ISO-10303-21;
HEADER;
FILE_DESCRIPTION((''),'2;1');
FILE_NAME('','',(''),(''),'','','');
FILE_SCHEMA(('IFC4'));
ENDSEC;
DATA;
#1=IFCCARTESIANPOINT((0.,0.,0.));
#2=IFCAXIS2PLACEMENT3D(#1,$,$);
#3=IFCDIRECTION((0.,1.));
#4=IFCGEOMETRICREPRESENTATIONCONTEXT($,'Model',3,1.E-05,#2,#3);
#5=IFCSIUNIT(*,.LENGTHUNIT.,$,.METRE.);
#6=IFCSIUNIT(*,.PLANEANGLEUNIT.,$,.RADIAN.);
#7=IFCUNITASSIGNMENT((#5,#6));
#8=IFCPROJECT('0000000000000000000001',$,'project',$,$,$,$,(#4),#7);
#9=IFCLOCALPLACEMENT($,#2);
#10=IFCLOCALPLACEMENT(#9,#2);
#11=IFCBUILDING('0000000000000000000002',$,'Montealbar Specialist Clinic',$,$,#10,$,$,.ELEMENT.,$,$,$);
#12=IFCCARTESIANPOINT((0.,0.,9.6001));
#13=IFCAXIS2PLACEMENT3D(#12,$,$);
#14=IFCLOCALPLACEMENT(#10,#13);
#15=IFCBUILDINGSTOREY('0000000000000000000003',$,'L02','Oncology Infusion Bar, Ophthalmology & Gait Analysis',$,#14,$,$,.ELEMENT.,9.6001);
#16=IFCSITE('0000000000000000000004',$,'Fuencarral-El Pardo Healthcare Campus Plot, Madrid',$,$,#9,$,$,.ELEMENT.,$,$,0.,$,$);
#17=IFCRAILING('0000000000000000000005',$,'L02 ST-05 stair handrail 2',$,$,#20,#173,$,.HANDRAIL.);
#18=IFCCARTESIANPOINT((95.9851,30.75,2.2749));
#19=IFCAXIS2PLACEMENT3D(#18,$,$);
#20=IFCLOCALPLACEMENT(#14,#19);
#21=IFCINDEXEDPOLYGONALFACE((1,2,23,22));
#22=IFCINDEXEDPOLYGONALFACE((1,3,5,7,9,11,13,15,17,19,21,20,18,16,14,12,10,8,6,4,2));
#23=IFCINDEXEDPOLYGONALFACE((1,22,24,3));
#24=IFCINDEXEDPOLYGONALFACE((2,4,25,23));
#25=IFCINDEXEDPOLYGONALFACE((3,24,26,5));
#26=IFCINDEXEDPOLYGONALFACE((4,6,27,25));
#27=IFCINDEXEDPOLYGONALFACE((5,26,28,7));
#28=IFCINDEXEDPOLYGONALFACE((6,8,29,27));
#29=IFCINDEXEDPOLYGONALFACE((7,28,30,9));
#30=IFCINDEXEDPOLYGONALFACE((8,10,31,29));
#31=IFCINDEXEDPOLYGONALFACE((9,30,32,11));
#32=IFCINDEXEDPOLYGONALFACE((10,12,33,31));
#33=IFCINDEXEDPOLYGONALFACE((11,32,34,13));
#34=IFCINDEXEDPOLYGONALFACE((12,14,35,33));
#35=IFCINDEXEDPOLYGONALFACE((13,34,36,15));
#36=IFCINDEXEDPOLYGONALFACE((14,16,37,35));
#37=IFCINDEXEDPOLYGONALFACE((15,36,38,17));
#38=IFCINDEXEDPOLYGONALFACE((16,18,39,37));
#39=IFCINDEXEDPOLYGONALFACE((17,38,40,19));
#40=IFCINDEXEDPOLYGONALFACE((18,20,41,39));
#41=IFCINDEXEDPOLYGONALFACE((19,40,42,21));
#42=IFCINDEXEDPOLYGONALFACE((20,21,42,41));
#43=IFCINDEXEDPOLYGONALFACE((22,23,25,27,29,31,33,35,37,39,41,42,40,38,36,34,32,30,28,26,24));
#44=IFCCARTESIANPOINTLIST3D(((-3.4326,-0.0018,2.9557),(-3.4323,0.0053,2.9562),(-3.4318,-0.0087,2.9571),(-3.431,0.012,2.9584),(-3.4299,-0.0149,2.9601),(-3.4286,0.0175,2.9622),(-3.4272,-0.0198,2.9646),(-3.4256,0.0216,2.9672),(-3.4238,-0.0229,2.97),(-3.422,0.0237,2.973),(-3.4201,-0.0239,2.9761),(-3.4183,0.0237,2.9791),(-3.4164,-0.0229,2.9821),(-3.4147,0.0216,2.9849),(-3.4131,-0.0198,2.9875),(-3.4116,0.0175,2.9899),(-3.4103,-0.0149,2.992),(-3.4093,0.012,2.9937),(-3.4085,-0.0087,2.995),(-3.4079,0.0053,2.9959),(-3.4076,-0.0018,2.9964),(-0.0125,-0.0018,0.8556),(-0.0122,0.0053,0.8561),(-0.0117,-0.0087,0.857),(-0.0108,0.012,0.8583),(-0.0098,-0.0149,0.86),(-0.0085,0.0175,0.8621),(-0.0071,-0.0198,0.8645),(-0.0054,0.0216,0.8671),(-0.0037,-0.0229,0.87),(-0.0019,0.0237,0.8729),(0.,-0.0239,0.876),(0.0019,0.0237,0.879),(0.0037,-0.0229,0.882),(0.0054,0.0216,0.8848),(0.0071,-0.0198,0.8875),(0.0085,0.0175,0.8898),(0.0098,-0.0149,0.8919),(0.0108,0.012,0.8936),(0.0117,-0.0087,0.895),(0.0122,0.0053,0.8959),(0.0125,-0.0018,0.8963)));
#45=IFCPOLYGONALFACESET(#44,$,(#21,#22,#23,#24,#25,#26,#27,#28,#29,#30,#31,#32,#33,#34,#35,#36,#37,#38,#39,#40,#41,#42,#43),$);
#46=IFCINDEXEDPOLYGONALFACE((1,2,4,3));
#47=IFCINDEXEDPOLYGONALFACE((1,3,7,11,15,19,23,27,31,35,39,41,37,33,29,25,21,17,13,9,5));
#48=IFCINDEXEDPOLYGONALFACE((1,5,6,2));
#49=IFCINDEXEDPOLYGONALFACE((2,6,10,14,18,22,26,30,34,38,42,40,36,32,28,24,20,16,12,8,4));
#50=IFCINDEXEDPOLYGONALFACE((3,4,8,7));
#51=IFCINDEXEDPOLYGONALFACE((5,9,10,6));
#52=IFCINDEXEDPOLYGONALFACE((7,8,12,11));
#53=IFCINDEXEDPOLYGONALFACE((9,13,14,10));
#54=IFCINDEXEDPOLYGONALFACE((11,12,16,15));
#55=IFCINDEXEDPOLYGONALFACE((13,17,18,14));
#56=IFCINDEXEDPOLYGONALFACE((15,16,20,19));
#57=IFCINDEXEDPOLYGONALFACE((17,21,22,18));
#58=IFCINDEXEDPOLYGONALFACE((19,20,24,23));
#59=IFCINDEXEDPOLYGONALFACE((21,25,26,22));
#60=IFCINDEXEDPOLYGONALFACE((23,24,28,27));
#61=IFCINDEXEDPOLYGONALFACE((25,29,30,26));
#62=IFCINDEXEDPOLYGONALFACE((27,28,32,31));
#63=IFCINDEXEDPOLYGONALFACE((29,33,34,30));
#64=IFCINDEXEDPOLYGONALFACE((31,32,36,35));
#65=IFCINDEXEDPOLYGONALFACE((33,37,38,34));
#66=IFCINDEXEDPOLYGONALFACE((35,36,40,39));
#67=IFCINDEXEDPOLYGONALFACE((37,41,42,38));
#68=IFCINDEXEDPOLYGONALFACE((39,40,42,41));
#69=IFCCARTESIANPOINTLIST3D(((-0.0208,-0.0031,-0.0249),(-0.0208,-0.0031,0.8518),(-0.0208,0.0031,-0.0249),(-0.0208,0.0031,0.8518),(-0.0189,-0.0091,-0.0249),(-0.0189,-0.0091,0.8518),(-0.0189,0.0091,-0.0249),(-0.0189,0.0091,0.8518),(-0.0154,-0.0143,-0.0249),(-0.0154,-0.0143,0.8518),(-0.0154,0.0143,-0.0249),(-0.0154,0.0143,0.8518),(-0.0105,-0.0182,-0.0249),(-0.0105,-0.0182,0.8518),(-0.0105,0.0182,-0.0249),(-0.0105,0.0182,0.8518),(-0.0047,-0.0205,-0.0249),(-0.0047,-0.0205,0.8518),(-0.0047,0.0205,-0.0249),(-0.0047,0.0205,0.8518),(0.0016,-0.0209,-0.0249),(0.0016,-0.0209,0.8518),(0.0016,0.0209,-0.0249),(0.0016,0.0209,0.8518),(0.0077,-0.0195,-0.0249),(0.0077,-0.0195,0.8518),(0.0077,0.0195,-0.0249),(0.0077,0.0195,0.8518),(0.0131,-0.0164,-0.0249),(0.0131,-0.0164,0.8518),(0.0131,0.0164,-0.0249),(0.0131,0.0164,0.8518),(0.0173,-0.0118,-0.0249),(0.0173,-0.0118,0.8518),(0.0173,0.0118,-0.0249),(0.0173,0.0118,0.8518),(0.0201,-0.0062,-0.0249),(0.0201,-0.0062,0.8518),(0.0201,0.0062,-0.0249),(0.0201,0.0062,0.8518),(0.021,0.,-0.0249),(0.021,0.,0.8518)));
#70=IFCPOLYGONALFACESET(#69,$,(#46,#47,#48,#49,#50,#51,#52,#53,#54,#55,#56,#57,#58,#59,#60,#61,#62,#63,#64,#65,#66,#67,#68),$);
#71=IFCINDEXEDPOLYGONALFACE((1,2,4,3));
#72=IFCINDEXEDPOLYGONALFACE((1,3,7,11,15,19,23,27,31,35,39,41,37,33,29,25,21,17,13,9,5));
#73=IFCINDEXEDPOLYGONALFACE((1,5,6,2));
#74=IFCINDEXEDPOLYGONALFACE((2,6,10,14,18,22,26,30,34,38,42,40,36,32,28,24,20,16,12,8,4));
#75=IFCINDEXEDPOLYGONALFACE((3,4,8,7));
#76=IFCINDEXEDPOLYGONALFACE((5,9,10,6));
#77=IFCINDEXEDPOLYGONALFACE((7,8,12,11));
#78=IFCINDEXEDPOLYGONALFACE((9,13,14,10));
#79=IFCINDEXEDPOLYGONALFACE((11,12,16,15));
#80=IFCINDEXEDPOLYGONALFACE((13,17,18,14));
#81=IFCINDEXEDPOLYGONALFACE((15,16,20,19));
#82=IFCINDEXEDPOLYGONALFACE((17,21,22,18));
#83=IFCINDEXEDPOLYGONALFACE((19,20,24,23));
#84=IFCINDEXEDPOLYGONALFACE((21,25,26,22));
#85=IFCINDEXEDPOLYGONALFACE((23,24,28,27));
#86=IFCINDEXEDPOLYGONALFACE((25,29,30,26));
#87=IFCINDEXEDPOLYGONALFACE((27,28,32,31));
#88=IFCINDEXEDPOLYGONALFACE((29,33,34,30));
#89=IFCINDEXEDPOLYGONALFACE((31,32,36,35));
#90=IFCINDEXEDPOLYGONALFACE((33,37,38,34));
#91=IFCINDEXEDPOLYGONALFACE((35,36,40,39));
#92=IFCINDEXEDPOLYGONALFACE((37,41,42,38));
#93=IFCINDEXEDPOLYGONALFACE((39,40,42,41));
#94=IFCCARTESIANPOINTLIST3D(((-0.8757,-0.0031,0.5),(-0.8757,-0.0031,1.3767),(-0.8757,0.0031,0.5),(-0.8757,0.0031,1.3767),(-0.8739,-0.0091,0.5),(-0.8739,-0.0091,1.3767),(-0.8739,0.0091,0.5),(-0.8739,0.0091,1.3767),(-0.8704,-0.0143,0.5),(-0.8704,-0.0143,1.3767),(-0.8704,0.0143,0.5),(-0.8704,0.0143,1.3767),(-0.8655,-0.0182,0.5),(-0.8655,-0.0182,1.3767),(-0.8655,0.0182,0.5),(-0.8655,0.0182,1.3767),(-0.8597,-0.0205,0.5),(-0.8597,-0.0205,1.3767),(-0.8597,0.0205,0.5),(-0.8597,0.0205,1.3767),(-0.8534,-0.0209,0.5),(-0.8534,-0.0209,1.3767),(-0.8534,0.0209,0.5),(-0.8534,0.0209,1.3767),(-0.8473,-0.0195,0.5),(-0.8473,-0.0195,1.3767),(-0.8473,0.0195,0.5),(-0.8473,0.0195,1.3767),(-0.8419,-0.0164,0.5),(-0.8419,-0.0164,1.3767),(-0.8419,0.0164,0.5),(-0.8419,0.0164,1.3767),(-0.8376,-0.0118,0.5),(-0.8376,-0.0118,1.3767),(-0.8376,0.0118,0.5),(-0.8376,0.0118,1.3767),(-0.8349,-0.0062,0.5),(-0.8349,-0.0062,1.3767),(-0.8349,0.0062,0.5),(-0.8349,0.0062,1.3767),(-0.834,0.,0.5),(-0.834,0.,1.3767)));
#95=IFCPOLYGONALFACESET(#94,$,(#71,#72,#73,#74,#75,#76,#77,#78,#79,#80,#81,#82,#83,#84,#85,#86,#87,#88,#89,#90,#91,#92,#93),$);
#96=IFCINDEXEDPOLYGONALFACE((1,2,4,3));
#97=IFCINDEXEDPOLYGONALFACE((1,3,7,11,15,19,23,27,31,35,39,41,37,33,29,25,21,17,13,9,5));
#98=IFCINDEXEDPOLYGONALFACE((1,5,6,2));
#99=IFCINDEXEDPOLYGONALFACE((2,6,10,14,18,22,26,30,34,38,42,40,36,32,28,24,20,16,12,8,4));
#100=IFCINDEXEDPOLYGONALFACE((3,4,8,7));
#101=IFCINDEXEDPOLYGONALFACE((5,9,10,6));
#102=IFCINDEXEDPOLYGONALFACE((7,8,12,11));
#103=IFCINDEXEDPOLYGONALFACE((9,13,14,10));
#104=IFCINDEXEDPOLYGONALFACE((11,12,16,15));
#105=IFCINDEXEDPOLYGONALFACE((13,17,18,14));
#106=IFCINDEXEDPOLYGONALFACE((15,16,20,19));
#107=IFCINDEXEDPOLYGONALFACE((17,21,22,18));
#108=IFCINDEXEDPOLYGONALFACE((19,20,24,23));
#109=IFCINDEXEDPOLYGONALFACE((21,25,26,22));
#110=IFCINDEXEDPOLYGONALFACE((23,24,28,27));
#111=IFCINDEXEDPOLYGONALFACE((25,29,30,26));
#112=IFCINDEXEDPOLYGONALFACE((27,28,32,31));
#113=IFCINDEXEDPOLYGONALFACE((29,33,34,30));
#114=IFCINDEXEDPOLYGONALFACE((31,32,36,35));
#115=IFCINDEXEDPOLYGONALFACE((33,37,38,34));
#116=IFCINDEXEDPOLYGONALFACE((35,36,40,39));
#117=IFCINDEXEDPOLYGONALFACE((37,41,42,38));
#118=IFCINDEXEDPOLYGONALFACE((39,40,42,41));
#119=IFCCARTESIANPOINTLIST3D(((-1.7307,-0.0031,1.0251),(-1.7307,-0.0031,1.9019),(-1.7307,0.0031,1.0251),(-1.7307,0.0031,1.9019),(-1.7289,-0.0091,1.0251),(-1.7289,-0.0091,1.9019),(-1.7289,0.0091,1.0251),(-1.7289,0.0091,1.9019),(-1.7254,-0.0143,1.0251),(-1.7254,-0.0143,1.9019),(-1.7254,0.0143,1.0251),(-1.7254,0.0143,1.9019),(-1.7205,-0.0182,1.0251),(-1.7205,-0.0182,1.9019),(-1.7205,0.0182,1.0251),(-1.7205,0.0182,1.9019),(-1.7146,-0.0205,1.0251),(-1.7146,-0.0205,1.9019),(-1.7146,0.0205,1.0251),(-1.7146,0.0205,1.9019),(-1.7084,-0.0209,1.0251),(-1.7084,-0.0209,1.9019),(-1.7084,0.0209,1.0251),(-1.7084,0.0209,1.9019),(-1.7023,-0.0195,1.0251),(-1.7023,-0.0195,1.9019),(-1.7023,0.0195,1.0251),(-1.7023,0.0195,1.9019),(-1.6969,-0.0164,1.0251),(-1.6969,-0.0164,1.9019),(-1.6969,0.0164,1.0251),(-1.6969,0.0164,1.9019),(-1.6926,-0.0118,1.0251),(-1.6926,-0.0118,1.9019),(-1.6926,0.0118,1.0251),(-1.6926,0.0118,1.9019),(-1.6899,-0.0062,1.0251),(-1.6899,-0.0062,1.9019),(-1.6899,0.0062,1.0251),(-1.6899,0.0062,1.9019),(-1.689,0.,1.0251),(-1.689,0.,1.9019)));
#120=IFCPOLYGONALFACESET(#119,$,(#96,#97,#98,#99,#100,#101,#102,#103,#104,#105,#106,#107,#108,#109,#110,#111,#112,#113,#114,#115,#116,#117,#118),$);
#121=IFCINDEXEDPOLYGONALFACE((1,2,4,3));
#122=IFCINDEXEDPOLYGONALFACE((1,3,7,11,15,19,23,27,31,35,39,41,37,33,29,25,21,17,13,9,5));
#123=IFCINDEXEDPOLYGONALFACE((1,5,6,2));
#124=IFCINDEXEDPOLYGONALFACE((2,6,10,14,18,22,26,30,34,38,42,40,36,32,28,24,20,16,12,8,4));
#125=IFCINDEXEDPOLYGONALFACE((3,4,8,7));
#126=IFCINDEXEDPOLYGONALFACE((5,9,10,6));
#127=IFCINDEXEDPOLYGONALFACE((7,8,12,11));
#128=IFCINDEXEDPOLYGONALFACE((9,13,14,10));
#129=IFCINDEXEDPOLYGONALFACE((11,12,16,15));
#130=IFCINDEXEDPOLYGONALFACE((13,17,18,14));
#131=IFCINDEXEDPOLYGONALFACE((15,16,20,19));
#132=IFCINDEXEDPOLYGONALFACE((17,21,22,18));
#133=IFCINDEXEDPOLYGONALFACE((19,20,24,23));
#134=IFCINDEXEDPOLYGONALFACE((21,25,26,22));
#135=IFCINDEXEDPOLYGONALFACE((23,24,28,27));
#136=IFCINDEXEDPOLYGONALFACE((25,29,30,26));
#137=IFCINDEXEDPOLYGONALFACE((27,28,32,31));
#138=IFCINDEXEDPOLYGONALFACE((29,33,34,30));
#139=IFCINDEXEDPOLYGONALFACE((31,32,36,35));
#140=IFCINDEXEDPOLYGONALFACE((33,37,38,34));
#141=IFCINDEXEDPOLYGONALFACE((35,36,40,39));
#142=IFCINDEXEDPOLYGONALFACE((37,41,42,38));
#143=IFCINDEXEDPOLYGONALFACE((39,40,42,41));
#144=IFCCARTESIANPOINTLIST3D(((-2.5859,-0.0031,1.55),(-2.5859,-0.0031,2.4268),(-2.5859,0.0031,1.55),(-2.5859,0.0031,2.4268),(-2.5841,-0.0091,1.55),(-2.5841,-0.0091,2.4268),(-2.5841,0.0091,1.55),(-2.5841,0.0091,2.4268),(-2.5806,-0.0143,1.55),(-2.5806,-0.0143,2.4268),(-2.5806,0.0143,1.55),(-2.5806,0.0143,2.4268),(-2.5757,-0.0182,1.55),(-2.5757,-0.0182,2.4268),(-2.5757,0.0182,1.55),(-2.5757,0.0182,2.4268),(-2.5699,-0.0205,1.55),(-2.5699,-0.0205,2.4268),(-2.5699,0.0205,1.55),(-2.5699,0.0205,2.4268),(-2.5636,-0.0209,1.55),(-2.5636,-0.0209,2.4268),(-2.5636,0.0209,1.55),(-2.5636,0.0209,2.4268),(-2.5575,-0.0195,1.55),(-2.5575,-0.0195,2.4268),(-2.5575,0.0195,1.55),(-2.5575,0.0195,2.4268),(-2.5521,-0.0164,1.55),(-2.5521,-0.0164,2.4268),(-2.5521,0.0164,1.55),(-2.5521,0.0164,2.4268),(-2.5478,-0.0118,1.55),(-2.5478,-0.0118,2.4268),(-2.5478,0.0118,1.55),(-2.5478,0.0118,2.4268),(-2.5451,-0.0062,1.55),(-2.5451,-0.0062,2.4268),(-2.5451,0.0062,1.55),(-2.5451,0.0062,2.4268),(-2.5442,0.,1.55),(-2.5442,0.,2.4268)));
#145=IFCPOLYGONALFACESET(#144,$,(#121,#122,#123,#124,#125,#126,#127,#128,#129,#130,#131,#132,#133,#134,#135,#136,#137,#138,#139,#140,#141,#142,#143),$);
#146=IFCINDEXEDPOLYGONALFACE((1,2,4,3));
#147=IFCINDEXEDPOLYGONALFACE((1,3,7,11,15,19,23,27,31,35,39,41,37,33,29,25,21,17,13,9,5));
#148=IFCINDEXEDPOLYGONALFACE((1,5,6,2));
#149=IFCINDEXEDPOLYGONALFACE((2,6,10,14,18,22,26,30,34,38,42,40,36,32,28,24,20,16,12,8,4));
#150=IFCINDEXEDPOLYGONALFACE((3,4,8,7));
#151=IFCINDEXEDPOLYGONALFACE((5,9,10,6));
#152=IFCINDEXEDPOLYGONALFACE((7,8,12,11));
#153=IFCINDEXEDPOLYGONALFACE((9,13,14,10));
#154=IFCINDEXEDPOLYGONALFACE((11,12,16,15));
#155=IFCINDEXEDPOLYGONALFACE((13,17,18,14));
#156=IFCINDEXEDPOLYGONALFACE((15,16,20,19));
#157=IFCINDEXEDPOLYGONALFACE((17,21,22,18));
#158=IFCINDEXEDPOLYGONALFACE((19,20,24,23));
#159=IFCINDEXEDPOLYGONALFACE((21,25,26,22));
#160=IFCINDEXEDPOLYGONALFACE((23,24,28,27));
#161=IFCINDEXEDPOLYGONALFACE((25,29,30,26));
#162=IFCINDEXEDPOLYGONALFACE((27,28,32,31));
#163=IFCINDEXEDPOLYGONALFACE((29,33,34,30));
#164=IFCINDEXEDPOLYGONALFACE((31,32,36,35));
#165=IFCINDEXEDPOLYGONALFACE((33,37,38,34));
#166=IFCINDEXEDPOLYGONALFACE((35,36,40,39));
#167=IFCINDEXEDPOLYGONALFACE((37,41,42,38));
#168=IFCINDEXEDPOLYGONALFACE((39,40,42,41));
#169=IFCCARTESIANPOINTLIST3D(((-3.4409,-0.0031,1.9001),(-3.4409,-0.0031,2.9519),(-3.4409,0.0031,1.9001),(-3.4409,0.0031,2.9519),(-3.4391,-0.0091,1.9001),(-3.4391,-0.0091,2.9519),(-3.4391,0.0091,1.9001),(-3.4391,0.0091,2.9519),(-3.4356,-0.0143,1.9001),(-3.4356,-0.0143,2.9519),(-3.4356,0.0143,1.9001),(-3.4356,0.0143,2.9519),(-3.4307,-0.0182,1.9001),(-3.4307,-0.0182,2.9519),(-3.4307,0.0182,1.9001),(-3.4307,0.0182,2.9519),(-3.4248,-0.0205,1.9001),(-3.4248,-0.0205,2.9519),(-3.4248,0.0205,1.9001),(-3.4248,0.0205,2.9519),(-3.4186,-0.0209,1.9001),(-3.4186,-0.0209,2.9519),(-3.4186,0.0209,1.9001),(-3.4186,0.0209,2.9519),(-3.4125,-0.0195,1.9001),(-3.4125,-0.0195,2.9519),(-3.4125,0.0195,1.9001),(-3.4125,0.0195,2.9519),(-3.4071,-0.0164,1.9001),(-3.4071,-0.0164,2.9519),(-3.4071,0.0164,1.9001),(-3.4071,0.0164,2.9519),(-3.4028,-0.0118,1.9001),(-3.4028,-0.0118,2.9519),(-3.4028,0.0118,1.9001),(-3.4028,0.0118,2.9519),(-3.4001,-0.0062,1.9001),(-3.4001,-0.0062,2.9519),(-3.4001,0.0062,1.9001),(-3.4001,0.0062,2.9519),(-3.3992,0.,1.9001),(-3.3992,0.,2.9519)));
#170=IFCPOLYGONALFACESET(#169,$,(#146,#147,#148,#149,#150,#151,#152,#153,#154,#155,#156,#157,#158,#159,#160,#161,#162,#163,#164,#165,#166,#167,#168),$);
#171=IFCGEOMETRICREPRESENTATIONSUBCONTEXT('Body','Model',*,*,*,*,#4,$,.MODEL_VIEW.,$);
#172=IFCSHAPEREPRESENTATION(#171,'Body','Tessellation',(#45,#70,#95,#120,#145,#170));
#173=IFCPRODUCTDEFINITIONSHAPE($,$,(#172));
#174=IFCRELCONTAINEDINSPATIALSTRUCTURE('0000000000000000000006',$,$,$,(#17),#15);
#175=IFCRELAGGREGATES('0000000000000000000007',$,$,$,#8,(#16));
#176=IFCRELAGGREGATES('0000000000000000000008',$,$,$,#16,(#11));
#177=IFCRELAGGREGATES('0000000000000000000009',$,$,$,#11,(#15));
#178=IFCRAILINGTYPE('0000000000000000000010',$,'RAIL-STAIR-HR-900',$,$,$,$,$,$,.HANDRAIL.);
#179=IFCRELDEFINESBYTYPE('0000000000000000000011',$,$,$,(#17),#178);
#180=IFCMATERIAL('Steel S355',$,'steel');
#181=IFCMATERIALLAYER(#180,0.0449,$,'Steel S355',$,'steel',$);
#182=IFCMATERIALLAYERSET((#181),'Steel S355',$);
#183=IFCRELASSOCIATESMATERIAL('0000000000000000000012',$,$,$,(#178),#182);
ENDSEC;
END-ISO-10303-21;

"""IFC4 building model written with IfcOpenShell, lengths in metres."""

from ifc_helpers import new_model, si_unit, direction, frame, origin, origin_2d, place, context, subcontext, project, spatial, circle, extrude, material, layer, layer_set, type_object, element, save


model = new_model("IFC4")

# Units and contexts
model_context = context("Model", 3, precision=1e-05, world=origin(), true_north=direction((0.0, 1.0)))
body_context = subcontext(model_context, "Body", "Model", "MODEL_VIEW")
ifc_project = project(units=[si_unit("LENGTHUNIT", "METRE"), si_unit("PLANEANGLEUNIT", "RADIAN")], contexts=[model_context])

# Site, building, storey
site_placement = place(None, origin())
site = spatial("IfcSite", under=ifc_project, at=site_placement, Name="Fuencarral-El Pardo Healthcare Campus Plot, Madrid", CompositionType="ELEMENT", RefElevation=0.0)
building_placement = place(site_placement, origin())
building = spatial("IfcBuilding", under=site, at=building_placement, Name="Montealbar Specialist Clinic", CompositionType="ELEMENT")
storey_placement = place(building_placement, frame((0.0, 0.0, 9.6001)))
storey = spatial("IfcBuildingStorey", under=building, at=storey_placement, Name="L02", Description="Oncology Infusion Bar, Ophthalmology & Gait Analysis", CompositionType="ELEMENT", Elevation=9.6001)

# Shared definitions
ifc_material_1 = material(Name="Steel S355", Category="steel")

# Railing
ifc_layer_1 = layer(ifc_material_1, 0.0449, Name="Steel S355", Category="steel")
ifc_layer_set_1 = layer_set([ifc_layer_1], Name="Steel S355")
railing_type_1 = type_object("IfcRailingType", Name="RAIL-STAIR-HR-900", PredefinedType="HANDRAIL", material=ifc_layer_set_1)
railing_1_placement = place(storey_placement, frame((95.9851, 30.75, 2.2749)))
element("IfcRailing", 1, at=railing_1_placement, inside=storey, type_object=railing_type_1, Name="L02 ST-05 stair handrail 2", PredefinedType="HANDRAIL", context=body_context, shape_type="SweptSolid", body=[
    extrude(circle(Radius=0.0239, at=origin_2d()), frame((0.0, 0.0, 0.876), z_axis=(-0.852172, 0.0, 0.523262), x_axis=(0.0, -1.0, 0.0)), (0.0, 0.0, 1.0), 4.0134),
    extrude(circle(Radius=0.021, at=origin_2d()), frame((0.0, 0.0, -0.0249)), (0.0, 0.0, 1.0), 0.8767),
    extrude(circle(Radius=0.021, at=origin_2d()), frame((-0.855, 0.0, 0.5)), (0.0, 0.0, 1.0), 0.8767),
    extrude(circle(Radius=0.021, at=origin_2d()), frame((-1.71, 0.0, 1.0251)), (0.0, 0.0, 1.0), 0.8767),
    extrude(circle(Radius=0.021, at=origin_2d()), frame((-2.5652, 0.0, 1.55)), (0.0, 0.0, 1.0), 0.8767),
    extrude(circle(Radius=0.021, at=origin_2d()), frame((-3.4202, 0.0, 1.9001)), (0.0, 0.0, 1.0), 1.0518),
])

save(model, "model.ifc")
